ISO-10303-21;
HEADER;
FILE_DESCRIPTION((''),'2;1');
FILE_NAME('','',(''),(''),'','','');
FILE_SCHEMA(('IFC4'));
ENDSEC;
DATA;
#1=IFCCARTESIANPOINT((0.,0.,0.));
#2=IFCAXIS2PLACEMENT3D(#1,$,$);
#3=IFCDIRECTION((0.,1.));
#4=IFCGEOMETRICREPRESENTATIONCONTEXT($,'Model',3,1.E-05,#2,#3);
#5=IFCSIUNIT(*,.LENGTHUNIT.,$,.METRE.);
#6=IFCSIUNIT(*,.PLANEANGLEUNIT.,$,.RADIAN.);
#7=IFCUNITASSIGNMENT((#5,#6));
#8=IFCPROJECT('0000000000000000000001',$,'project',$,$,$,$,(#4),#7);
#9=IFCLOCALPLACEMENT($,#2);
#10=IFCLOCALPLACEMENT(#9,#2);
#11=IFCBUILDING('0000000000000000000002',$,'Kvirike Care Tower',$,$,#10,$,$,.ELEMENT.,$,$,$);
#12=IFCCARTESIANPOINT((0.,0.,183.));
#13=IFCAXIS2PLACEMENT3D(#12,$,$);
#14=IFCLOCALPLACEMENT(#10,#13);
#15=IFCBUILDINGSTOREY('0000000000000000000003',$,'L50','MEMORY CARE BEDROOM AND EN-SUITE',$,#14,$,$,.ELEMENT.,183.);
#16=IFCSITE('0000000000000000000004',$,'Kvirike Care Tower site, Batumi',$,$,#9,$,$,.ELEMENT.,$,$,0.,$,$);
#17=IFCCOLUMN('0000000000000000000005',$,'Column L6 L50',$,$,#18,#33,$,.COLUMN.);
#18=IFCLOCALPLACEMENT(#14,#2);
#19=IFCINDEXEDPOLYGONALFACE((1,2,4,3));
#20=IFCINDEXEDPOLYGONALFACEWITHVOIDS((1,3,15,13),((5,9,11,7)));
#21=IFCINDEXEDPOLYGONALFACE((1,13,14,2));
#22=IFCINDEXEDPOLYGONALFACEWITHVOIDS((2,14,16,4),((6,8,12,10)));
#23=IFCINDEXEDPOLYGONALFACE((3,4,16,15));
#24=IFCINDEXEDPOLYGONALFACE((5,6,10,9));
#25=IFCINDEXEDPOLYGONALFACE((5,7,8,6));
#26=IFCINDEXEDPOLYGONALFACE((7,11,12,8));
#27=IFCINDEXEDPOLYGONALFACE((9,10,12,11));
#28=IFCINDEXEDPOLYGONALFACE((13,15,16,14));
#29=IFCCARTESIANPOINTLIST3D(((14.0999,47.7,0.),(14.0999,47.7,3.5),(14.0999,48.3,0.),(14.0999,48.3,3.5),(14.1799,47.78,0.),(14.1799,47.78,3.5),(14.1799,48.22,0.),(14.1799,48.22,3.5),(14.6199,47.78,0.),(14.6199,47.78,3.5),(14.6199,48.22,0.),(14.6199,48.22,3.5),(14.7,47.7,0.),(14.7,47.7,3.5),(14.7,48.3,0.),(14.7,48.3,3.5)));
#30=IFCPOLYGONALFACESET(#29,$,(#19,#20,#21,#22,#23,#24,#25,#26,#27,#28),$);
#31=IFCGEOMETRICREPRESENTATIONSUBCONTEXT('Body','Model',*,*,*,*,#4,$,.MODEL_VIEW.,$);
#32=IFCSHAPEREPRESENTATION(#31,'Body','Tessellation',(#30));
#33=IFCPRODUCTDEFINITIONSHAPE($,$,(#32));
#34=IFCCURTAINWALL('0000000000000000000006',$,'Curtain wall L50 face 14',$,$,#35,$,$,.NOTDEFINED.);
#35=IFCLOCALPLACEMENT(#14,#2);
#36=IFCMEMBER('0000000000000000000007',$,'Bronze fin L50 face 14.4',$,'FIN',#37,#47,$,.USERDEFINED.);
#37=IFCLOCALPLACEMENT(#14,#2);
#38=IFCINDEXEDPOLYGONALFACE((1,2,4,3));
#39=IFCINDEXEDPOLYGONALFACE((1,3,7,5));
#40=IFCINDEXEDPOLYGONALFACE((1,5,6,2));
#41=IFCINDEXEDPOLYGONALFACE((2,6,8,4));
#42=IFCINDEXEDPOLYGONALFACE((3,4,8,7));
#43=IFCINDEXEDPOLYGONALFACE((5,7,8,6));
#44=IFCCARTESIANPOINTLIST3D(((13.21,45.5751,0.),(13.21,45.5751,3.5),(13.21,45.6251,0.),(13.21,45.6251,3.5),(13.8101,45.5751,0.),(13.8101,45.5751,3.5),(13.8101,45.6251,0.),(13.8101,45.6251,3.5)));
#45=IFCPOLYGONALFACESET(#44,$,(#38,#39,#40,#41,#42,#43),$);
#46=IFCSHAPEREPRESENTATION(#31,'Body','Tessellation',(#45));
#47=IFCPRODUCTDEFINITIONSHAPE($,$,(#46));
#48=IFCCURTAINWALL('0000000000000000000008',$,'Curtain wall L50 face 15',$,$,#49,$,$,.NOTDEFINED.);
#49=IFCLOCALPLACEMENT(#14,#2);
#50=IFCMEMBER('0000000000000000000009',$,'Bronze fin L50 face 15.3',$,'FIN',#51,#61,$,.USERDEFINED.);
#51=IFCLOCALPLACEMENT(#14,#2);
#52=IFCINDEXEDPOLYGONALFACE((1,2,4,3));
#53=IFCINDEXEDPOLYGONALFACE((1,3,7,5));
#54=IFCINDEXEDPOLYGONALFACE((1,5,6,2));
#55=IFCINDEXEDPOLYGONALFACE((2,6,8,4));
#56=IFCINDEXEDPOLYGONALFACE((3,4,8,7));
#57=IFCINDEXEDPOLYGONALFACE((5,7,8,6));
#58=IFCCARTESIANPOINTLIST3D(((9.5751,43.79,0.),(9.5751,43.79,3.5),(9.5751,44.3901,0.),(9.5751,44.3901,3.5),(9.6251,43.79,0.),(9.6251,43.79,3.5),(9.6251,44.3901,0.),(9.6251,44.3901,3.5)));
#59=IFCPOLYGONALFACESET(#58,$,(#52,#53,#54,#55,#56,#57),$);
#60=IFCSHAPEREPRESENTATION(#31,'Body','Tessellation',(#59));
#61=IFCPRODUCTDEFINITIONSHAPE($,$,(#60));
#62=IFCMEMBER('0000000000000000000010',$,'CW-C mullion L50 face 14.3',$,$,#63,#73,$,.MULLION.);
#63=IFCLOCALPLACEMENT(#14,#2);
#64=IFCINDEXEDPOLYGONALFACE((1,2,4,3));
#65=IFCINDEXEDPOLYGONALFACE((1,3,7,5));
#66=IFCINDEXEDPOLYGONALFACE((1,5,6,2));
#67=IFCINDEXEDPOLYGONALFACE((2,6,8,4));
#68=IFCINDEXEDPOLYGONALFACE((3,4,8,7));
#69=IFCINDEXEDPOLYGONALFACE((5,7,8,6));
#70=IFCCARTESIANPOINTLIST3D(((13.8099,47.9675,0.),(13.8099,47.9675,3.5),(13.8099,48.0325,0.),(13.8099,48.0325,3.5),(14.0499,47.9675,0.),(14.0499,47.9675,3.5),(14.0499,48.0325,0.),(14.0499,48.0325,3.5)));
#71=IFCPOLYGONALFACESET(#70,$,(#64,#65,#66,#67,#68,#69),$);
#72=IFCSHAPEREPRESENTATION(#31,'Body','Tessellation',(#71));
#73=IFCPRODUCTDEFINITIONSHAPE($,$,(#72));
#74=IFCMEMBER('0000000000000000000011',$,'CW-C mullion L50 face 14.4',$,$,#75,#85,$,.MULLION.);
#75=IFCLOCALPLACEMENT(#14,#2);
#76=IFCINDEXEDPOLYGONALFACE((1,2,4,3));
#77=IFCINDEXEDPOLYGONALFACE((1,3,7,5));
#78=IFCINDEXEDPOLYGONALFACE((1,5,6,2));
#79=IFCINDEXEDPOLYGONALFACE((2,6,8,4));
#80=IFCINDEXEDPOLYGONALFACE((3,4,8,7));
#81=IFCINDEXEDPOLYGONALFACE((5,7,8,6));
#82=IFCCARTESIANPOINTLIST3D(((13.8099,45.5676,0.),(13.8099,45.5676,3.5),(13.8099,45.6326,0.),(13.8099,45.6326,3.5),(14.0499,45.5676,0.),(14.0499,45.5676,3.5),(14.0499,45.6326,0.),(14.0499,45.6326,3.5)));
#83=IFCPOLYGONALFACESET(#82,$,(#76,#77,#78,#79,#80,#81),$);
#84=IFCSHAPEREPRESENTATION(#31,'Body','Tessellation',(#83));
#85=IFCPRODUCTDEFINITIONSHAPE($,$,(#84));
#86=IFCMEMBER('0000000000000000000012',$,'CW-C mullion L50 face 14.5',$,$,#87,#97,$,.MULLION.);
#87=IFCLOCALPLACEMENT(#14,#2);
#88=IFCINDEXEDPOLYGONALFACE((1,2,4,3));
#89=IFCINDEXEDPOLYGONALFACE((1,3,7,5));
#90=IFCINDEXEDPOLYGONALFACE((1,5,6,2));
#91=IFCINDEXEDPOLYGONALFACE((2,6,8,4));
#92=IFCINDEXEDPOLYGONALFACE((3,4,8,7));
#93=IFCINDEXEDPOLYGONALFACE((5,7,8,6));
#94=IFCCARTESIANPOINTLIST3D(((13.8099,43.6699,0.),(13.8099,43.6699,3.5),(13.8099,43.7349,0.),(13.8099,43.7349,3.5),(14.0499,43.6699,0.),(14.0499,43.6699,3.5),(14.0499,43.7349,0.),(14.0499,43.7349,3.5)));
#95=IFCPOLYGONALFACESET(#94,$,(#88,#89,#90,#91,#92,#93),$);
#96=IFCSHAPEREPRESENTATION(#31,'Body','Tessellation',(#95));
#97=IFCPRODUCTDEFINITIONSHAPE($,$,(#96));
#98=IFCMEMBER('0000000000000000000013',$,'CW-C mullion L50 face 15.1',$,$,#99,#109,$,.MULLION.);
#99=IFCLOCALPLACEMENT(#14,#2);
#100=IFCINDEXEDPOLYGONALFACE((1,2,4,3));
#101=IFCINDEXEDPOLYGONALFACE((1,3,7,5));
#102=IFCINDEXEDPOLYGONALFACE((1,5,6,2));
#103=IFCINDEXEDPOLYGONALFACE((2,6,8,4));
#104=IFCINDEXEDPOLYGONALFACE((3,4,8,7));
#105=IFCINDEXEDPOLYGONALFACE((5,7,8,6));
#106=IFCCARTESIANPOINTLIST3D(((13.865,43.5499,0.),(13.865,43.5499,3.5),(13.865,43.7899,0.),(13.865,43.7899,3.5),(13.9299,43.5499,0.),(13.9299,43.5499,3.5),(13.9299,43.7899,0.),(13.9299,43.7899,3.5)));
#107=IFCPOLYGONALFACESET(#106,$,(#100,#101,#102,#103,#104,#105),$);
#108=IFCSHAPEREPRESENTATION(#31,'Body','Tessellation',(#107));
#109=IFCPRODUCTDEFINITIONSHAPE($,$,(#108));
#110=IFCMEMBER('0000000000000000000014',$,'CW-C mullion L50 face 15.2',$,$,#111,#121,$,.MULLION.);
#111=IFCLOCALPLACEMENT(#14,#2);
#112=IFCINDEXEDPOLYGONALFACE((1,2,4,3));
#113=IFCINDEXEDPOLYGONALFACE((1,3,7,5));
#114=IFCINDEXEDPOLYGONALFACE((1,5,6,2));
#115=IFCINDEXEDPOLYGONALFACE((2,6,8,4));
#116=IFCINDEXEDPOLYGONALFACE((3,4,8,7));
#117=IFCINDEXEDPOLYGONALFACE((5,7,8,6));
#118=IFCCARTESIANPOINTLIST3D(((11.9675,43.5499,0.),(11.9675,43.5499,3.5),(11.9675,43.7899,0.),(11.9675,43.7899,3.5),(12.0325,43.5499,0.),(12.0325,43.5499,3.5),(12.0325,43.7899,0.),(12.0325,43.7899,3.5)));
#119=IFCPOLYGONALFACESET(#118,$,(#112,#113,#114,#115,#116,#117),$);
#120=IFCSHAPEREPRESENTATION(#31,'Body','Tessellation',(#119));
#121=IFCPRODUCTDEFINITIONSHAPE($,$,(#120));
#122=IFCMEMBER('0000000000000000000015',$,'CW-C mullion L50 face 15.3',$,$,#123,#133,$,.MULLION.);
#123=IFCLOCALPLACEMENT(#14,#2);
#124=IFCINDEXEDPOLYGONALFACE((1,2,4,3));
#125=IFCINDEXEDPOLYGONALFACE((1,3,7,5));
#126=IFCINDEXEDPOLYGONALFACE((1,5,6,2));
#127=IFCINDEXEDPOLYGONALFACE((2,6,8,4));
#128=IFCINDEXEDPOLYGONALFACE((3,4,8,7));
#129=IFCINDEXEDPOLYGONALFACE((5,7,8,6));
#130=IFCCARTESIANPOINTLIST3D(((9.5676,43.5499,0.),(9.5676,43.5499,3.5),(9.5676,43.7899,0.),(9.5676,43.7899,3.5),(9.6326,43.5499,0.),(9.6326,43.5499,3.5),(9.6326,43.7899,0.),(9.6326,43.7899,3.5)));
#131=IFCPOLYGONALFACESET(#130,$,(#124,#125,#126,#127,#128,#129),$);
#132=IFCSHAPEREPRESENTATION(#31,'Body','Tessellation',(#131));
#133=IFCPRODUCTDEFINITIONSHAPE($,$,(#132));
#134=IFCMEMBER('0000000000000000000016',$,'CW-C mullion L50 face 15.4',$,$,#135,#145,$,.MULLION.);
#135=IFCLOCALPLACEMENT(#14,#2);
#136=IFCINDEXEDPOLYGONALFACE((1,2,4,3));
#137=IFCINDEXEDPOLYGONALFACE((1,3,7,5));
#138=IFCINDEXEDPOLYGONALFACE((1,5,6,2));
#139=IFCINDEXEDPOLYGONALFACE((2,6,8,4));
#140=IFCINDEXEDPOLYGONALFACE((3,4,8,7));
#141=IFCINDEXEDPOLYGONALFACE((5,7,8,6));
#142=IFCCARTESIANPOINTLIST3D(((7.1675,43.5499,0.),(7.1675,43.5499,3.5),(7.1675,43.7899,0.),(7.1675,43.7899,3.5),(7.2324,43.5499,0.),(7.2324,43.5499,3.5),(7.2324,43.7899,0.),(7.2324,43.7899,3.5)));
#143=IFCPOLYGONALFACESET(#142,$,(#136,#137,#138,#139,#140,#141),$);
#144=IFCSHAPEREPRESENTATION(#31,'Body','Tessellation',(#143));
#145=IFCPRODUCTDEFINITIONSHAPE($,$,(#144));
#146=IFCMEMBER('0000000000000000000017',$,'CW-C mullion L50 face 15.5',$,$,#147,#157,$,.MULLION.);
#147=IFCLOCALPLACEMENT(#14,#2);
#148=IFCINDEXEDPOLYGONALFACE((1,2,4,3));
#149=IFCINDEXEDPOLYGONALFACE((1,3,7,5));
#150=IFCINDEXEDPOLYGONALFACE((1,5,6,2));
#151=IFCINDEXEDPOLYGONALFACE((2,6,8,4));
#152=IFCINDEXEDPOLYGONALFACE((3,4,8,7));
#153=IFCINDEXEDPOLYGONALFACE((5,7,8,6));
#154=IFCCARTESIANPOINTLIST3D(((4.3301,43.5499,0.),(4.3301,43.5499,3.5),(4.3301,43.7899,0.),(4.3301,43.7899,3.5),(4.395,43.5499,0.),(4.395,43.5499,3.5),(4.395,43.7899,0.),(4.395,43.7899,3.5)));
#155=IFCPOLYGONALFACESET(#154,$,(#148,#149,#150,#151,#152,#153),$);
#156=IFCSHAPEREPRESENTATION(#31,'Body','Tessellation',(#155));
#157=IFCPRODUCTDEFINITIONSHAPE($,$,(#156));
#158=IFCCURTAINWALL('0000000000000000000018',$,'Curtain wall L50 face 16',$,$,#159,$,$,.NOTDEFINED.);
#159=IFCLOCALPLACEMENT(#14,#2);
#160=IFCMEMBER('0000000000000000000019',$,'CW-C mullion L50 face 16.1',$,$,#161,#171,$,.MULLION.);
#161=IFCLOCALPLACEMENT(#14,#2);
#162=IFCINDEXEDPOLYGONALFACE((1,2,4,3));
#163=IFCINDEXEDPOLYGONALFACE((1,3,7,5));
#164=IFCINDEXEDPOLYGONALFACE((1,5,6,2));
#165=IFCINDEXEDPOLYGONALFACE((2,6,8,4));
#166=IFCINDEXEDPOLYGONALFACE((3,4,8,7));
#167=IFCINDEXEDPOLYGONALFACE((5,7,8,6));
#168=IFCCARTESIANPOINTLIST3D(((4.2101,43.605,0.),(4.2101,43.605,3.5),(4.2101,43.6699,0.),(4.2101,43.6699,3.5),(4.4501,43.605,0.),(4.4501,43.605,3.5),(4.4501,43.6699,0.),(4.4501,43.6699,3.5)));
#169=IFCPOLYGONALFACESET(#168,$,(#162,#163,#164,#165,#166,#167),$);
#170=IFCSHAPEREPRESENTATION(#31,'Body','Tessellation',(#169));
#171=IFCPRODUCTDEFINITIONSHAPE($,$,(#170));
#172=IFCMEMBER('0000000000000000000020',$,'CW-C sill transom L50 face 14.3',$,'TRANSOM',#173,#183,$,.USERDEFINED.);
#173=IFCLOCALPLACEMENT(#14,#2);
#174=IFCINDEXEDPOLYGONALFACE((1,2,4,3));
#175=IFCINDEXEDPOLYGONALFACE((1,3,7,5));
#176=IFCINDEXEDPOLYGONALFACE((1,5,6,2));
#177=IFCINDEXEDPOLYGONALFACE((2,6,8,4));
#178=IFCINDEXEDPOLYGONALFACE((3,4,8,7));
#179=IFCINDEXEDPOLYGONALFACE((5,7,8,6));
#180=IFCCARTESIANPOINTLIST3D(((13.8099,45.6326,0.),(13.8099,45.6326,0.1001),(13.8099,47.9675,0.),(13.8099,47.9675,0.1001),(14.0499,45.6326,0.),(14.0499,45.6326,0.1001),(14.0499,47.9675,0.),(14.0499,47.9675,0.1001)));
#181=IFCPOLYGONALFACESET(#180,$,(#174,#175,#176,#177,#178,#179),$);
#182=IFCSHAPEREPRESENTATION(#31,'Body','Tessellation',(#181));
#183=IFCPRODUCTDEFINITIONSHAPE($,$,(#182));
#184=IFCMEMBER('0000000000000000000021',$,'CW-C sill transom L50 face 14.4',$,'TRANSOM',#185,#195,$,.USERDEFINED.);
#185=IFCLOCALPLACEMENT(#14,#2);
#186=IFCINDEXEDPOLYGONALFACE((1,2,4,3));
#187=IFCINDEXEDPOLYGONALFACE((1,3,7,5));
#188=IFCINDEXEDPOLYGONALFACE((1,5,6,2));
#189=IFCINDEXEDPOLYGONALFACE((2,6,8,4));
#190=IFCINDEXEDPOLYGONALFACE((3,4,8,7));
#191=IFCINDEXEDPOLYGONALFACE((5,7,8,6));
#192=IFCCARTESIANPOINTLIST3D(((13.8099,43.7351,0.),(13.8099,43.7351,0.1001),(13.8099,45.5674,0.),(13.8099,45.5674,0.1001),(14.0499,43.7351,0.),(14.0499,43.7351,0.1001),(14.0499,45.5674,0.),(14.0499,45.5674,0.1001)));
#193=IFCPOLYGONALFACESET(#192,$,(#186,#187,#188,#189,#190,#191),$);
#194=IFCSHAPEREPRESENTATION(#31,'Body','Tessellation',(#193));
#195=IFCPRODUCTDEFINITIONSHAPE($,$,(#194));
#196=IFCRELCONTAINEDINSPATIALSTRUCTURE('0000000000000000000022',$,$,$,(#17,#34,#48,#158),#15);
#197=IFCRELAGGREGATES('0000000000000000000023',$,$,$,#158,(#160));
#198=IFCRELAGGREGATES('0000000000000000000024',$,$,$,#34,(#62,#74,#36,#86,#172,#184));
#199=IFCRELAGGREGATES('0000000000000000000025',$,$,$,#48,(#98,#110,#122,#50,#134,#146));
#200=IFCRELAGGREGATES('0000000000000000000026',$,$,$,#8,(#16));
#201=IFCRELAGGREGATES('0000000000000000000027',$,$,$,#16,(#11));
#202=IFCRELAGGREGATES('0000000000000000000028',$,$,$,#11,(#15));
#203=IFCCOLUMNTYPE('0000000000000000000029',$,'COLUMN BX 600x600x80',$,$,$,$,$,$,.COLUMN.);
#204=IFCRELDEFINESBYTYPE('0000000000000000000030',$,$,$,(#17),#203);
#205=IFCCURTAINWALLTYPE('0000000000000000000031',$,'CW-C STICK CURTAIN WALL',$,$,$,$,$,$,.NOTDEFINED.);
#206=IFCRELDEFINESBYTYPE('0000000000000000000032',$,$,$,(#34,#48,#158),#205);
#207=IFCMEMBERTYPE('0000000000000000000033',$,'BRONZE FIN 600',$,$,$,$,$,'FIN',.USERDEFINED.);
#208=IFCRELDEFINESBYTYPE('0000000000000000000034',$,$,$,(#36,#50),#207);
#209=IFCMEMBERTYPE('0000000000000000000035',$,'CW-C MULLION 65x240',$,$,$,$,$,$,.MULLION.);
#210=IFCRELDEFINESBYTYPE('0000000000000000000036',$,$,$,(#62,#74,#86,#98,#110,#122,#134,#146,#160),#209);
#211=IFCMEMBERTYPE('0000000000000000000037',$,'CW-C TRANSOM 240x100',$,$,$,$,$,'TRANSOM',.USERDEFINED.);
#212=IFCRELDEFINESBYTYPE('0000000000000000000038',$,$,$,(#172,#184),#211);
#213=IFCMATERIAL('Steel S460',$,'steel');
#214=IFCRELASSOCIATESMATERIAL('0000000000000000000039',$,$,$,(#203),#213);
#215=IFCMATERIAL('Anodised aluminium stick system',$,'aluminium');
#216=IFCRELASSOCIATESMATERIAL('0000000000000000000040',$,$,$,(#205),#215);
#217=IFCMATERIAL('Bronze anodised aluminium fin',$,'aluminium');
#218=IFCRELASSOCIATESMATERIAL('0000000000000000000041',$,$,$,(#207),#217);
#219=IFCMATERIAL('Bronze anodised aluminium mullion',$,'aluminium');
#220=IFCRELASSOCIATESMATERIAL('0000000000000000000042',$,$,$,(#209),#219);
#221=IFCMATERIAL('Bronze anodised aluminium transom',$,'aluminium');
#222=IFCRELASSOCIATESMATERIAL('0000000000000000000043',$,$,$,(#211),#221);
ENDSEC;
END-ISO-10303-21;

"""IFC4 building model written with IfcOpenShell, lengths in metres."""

from ifc_helpers import new_model, si_unit, direction, frame, origin, origin_2d, place, context, subcontext, project, spatial, rectangle, hollow_rectangle, extrude, material, material_profile, profile_set, type_object, element, aggregate, save


model = new_model("IFC4")

# Units and contexts
model_context = context("Model", 3, precision=1e-05, world=origin(), true_north=direction((0.0, 1.0)))
body_context = subcontext(model_context, "Body", "Model", "MODEL_VIEW")
ifc_project = project(units=[si_unit("LENGTHUNIT", "METRE"), si_unit("PLANEANGLEUNIT", "RADIAN")], contexts=[model_context])

# Site, building, storey
site_placement = place(None, origin())
site = spatial("IfcSite", under=ifc_project, at=site_placement, Name="Kvirike Care Tower site, Batumi", CompositionType="ELEMENT", RefElevation=0.0)
building_placement = place(site_placement, origin())
building = spatial("IfcBuilding", under=site, at=building_placement, Name="Kvirike Care Tower", CompositionType="ELEMENT")
storey_placement = place(building_placement, frame((0.0, 0.0, 183.0)))
storey = spatial("IfcBuildingStorey", under=building, at=storey_placement, Name="L50", Description="MEMORY CARE BEDROOM AND EN-SUITE", CompositionType="ELEMENT", Elevation=183.0)

# Column
ifc_material_1 = material(Name="Steel S460", Category="steel")
ifc_material_profile_1 = material_profile(ifc_material_1, hollow_rectangle(XDim=0.6001, YDim=0.6001, WallThickness=0.0801, at=origin_2d()), Name="BX 600x600x80")
ifc_profile_set_1 = profile_set([ifc_material_profile_1], Name="Steel S460")
column_type = type_object("IfcColumnType", Name="COLUMN BX 600x600x80", PredefinedType="COLUMN", material=ifc_profile_set_1)
column_placement = place(storey_placement, frame((14.3999, 48.0, 0.0), z_axis=(0.0, 0.0, 1.0), x_axis=(1.0, 0.0, 0.0)))
element("IfcColumn", 1, at=column_placement, inside=storey, type_object=column_type, Name="Column L6 L50", PredefinedType="COLUMN", context=body_context, shape_type="SweptSolid", body=[
    extrude(hollow_rectangle(XDim=0.6001, YDim=0.6001, WallThickness=0.0801, at=origin_2d()), origin(), (0.0, 0.0, 1.0), 3.5),
])

# Curtain walls, members
ifc_material_2 = material(Name="Anodised aluminium stick system", Category="aluminium")
curtain_wall_type = type_object("IfcCurtainWallType", Name="CW-C STICK CURTAIN WALL", PredefinedType="NOTDEFINED", material=ifc_material_2)
curtain_wall_1_placement = place(storey_placement, origin())
curtain_wall_1 = element("IfcCurtainWall", 2, at=curtain_wall_1_placement, inside=storey, type_object=curtain_wall_type, Name="Curtain wall L50 face 14", PredefinedType="NOTDEFINED")
ifc_material_3 = material(Name="Bronze anodised aluminium fin", Category="aluminium")
ifc_material_profile_2 = material_profile(ifc_material_3, rectangle(XDim=0.05, YDim=0.6001, at=origin_2d()), Name="BRONZE FIN 600")
ifc_profile_set_2 = profile_set([ifc_material_profile_2], Name="Bronze anodised aluminium fin")
member_type_1 = type_object("IfcMemberType", Name="BRONZE FIN 600", ElementType="FIN", PredefinedType="USERDEFINED", material=ifc_profile_set_2)
member_1_placement = place(storey_placement, frame((13.51, 45.6001, 0.0), z_axis=(0.0, 0.0, 1.0), x_axis=(0.0, -1.0, 0.0)))
member_1 = element("IfcMember", 3, at=member_1_placement, type_object=member_type_1, Name="Bronze fin L50 face 14.4", ObjectType="FIN", PredefinedType="USERDEFINED", context=body_context, shape_type="SweptSolid", body=[
    extrude(rectangle(XDim=0.05, YDim=0.6001, at=origin_2d()), origin(), (0.0, 0.0, 1.0), 3.5),
])
curtain_wall_2_placement = place(storey_placement, origin())
curtain_wall_2 = element("IfcCurtainWall", 4, at=curtain_wall_2_placement, inside=storey, type_object=curtain_wall_type, Name="Curtain wall L50 face 15", PredefinedType="NOTDEFINED")
member_2_placement = place(storey_placement, frame((9.6001, 44.0901, 0.0), z_axis=(0.0, 0.0, 1.0), x_axis=(-1.0, 0.0, 0.0)))
member_2 = element("IfcMember", 5, at=member_2_placement, type_object=member_type_1, Name="Bronze fin L50 face 15.3", ObjectType="FIN", PredefinedType="USERDEFINED", context=body_context, shape_type="SweptSolid", body=[
    extrude(rectangle(XDim=0.05, YDim=0.6001, at=origin_2d()), origin(), (0.0, 0.0, 1.0), 3.5),
])

# Members
ifc_material_4 = material(Name="Bronze anodised aluminium mullion", Category="aluminium")
ifc_material_profile_3 = material_profile(ifc_material_4, rectangle(XDim=0.0649, YDim=0.24, at=origin_2d()), Name="CW-C MULLION 65x240")
ifc_profile_set_3 = profile_set([ifc_material_profile_3], Name="Bronze anodised aluminium mullion")
member_type_2 = type_object("IfcMemberType", Name="CW-C MULLION 65x240", PredefinedType="MULLION", material=ifc_profile_set_3)
member_3_placement = place(storey_placement, frame((13.9299, 48.0, 0.0), z_axis=(0.0, 0.0, 1.0), x_axis=(0.0, -1.0, 0.0)))
member_3 = element("IfcMember", 6, at=member_3_placement, type_object=member_type_2, Name="CW-C mullion L50 face 14.3", PredefinedType="MULLION", context=body_context, shape_type="SweptSolid", body=[
    extrude(rectangle(XDim=0.0649, YDim=0.24, at=origin_2d()), origin(), (0.0, 0.0, 1.0), 3.5),
])
member_4_placement = place(storey_placement, frame((13.9299, 45.6001, 0.0), z_axis=(0.0, 0.0, 1.0), x_axis=(0.0, -1.0, 0.0)))
member_4 = element("IfcMember", 7, at=member_4_placement, type_object=member_type_2, Name="CW-C mullion L50 face 14.4", PredefinedType="MULLION", context=body_context, shape_type="SweptSolid", body=[
    extrude(rectangle(XDim=0.0649, YDim=0.24, at=origin_2d()), origin(), (0.0, 0.0, 1.0), 3.5),
])
member_5_placement = place(storey_placement, frame((13.9299, 43.7024, 0.0), z_axis=(0.0, 0.0, 1.0), x_axis=(0.0, -1.0, 0.0)))
member_5 = element("IfcMember", 8, at=member_5_placement, type_object=member_type_2, Name="CW-C mullion L50 face 14.5", PredefinedType="MULLION", context=body_context, shape_type="SweptSolid", body=[
    extrude(rectangle(XDim=0.0649, YDim=0.24, at=origin_2d()), origin(), (0.0, 0.0, 1.0), 3.5),
])
member_6_placement = place(storey_placement, frame((13.8975, 43.6699, 0.0), z_axis=(0.0, 0.0, 1.0), x_axis=(-1.0, 0.0, 0.0)))
member_6 = element("IfcMember", 9, at=member_6_placement, type_object=member_type_2, Name="CW-C mullion L50 face 15.1", PredefinedType="MULLION", context=body_context, shape_type="SweptSolid", body=[
    extrude(rectangle(XDim=0.0649, YDim=0.24, at=origin_2d()), origin(), (0.0, 0.0, 1.0), 3.5),
])
member_7_placement = place(storey_placement, frame((12.0, 43.6699, 0.0), z_axis=(0.0, 0.0, 1.0), x_axis=(-1.0, 0.0, 0.0)))
member_7 = element("IfcMember", 10, at=member_7_placement, type_object=member_type_2, Name="CW-C mullion L50 face 15.2", PredefinedType="MULLION", context=body_context, shape_type="SweptSolid", body=[
    extrude(rectangle(XDim=0.0649, YDim=0.24, at=origin_2d()), origin(), (0.0, 0.0, 1.0), 3.5),
])
member_8_placement = place(storey_placement, frame((9.6001, 43.6699, 0.0), z_axis=(0.0, 0.0, 1.0), x_axis=(-1.0, 0.0, 0.0)))
member_8 = element("IfcMember", 11, at=member_8_placement, type_object=member_type_2, Name="CW-C mullion L50 face 15.3", PredefinedType="MULLION", context=body_context, shape_type="SweptSolid", body=[
    extrude(rectangle(XDim=0.0649, YDim=0.24, at=origin_2d()), origin(), (0.0, 0.0, 1.0), 3.5),
])
member_9_placement = place(storey_placement, frame((7.2, 43.6699, 0.0), z_axis=(0.0, 0.0, 1.0), x_axis=(-1.0, 0.0, 0.0)))
member_9 = element("IfcMember", 12, at=member_9_placement, type_object=member_type_2, Name="CW-C mullion L50 face 15.4", PredefinedType="MULLION", context=body_context, shape_type="SweptSolid", body=[
    extrude(rectangle(XDim=0.0649, YDim=0.24, at=origin_2d()), origin(), (0.0, 0.0, 1.0), 3.5),
])
member_10_placement = place(storey_placement, frame((4.3625, 43.6699, 0.0), z_axis=(0.0, 0.0, 1.0), x_axis=(-1.0, 0.0, 0.0)))
member_10 = element("IfcMember", 13, at=member_10_placement, type_object=member_type_2, Name="CW-C mullion L50 face 15.5", PredefinedType="MULLION", context=body_context, shape_type="SweptSolid", body=[
    extrude(rectangle(XDim=0.0649, YDim=0.24, at=origin_2d()), origin(), (0.0, 0.0, 1.0), 3.5),
])

# Curtain wall, member
curtain_wall_3_placement = place(storey_placement, origin())
curtain_wall_3 = element("IfcCurtainWall", 14, at=curtain_wall_3_placement, inside=storey, type_object=curtain_wall_type, Name="Curtain wall L50 face 16", PredefinedType="NOTDEFINED")
member_11_placement = place(storey_placement, frame((4.3301, 43.6375, 0.0), z_axis=(0.0, 0.0, 1.0), x_axis=(0.0, -1.0, 0.0)))
member_11 = element("IfcMember", 15, at=member_11_placement, type_object=member_type_2, Name="CW-C mullion L50 face 16.1", PredefinedType="MULLION", context=body_context, shape_type="SweptSolid", body=[
    extrude(rectangle(XDim=0.0649, YDim=0.24, at=origin_2d()), origin(), (0.0, 0.0, 1.0), 3.5),
])

# Members
ifc_material_5 = material(Name="Bronze anodised aluminium transom", Category="aluminium")
ifc_material_profile_4 = material_profile(ifc_material_5, rectangle(XDim=0.24, YDim=0.1001, at=origin_2d()), Name="CW-C TRANSOM 240x100")
ifc_profile_set_4 = profile_set([ifc_material_profile_4], Name="Bronze anodised aluminium transom")
member_type_3 = type_object("IfcMemberType", Name="CW-C TRANSOM 240x100", ElementType="TRANSOM", PredefinedType="USERDEFINED", material=ifc_profile_set_4)
member_12_placement = place(storey_placement, frame((13.9299, 47.9675, 0.05), z_axis=(0.0, -1.0, 0.0), x_axis=(1.0, 0.0, 0.0)))
member_12 = element("IfcMember", 16, at=member_12_placement, type_object=member_type_3, Name="CW-C sill transom L50 face 14.3", ObjectType="TRANSOM", PredefinedType="USERDEFINED", context=body_context, shape_type="SweptSolid", body=[
    extrude(rectangle(XDim=0.24, YDim=0.1001, at=origin_2d()), origin(), (0.0, 0.0, 1.0), 2.335),
])
member_13_placement = place(storey_placement, frame((13.9299, 45.5674, 0.05), z_axis=(0.0, -1.0, 0.0), x_axis=(1.0, 0.0, 0.0)))
member_13 = element("IfcMember", 17, at=member_13_placement, type_object=member_type_3, Name="CW-C sill transom L50 face 14.4", ObjectType="TRANSOM", PredefinedType="USERDEFINED", context=body_context, shape_type="SweptSolid", body=[
    extrude(rectangle(XDim=0.24, YDim=0.1001, at=origin_2d()), origin(), (0.0, 0.0, 1.0), 1.8323),
])
aggregate(curtain_wall_3, [member_11])

aggregate(curtain_wall_1, [member_3, member_4, member_1, member_5, member_12, member_13])
aggregate(curtain_wall_2, [member_6, member_7, member_8, member_2, member_9, member_10])

save(model, "model.ifc")
